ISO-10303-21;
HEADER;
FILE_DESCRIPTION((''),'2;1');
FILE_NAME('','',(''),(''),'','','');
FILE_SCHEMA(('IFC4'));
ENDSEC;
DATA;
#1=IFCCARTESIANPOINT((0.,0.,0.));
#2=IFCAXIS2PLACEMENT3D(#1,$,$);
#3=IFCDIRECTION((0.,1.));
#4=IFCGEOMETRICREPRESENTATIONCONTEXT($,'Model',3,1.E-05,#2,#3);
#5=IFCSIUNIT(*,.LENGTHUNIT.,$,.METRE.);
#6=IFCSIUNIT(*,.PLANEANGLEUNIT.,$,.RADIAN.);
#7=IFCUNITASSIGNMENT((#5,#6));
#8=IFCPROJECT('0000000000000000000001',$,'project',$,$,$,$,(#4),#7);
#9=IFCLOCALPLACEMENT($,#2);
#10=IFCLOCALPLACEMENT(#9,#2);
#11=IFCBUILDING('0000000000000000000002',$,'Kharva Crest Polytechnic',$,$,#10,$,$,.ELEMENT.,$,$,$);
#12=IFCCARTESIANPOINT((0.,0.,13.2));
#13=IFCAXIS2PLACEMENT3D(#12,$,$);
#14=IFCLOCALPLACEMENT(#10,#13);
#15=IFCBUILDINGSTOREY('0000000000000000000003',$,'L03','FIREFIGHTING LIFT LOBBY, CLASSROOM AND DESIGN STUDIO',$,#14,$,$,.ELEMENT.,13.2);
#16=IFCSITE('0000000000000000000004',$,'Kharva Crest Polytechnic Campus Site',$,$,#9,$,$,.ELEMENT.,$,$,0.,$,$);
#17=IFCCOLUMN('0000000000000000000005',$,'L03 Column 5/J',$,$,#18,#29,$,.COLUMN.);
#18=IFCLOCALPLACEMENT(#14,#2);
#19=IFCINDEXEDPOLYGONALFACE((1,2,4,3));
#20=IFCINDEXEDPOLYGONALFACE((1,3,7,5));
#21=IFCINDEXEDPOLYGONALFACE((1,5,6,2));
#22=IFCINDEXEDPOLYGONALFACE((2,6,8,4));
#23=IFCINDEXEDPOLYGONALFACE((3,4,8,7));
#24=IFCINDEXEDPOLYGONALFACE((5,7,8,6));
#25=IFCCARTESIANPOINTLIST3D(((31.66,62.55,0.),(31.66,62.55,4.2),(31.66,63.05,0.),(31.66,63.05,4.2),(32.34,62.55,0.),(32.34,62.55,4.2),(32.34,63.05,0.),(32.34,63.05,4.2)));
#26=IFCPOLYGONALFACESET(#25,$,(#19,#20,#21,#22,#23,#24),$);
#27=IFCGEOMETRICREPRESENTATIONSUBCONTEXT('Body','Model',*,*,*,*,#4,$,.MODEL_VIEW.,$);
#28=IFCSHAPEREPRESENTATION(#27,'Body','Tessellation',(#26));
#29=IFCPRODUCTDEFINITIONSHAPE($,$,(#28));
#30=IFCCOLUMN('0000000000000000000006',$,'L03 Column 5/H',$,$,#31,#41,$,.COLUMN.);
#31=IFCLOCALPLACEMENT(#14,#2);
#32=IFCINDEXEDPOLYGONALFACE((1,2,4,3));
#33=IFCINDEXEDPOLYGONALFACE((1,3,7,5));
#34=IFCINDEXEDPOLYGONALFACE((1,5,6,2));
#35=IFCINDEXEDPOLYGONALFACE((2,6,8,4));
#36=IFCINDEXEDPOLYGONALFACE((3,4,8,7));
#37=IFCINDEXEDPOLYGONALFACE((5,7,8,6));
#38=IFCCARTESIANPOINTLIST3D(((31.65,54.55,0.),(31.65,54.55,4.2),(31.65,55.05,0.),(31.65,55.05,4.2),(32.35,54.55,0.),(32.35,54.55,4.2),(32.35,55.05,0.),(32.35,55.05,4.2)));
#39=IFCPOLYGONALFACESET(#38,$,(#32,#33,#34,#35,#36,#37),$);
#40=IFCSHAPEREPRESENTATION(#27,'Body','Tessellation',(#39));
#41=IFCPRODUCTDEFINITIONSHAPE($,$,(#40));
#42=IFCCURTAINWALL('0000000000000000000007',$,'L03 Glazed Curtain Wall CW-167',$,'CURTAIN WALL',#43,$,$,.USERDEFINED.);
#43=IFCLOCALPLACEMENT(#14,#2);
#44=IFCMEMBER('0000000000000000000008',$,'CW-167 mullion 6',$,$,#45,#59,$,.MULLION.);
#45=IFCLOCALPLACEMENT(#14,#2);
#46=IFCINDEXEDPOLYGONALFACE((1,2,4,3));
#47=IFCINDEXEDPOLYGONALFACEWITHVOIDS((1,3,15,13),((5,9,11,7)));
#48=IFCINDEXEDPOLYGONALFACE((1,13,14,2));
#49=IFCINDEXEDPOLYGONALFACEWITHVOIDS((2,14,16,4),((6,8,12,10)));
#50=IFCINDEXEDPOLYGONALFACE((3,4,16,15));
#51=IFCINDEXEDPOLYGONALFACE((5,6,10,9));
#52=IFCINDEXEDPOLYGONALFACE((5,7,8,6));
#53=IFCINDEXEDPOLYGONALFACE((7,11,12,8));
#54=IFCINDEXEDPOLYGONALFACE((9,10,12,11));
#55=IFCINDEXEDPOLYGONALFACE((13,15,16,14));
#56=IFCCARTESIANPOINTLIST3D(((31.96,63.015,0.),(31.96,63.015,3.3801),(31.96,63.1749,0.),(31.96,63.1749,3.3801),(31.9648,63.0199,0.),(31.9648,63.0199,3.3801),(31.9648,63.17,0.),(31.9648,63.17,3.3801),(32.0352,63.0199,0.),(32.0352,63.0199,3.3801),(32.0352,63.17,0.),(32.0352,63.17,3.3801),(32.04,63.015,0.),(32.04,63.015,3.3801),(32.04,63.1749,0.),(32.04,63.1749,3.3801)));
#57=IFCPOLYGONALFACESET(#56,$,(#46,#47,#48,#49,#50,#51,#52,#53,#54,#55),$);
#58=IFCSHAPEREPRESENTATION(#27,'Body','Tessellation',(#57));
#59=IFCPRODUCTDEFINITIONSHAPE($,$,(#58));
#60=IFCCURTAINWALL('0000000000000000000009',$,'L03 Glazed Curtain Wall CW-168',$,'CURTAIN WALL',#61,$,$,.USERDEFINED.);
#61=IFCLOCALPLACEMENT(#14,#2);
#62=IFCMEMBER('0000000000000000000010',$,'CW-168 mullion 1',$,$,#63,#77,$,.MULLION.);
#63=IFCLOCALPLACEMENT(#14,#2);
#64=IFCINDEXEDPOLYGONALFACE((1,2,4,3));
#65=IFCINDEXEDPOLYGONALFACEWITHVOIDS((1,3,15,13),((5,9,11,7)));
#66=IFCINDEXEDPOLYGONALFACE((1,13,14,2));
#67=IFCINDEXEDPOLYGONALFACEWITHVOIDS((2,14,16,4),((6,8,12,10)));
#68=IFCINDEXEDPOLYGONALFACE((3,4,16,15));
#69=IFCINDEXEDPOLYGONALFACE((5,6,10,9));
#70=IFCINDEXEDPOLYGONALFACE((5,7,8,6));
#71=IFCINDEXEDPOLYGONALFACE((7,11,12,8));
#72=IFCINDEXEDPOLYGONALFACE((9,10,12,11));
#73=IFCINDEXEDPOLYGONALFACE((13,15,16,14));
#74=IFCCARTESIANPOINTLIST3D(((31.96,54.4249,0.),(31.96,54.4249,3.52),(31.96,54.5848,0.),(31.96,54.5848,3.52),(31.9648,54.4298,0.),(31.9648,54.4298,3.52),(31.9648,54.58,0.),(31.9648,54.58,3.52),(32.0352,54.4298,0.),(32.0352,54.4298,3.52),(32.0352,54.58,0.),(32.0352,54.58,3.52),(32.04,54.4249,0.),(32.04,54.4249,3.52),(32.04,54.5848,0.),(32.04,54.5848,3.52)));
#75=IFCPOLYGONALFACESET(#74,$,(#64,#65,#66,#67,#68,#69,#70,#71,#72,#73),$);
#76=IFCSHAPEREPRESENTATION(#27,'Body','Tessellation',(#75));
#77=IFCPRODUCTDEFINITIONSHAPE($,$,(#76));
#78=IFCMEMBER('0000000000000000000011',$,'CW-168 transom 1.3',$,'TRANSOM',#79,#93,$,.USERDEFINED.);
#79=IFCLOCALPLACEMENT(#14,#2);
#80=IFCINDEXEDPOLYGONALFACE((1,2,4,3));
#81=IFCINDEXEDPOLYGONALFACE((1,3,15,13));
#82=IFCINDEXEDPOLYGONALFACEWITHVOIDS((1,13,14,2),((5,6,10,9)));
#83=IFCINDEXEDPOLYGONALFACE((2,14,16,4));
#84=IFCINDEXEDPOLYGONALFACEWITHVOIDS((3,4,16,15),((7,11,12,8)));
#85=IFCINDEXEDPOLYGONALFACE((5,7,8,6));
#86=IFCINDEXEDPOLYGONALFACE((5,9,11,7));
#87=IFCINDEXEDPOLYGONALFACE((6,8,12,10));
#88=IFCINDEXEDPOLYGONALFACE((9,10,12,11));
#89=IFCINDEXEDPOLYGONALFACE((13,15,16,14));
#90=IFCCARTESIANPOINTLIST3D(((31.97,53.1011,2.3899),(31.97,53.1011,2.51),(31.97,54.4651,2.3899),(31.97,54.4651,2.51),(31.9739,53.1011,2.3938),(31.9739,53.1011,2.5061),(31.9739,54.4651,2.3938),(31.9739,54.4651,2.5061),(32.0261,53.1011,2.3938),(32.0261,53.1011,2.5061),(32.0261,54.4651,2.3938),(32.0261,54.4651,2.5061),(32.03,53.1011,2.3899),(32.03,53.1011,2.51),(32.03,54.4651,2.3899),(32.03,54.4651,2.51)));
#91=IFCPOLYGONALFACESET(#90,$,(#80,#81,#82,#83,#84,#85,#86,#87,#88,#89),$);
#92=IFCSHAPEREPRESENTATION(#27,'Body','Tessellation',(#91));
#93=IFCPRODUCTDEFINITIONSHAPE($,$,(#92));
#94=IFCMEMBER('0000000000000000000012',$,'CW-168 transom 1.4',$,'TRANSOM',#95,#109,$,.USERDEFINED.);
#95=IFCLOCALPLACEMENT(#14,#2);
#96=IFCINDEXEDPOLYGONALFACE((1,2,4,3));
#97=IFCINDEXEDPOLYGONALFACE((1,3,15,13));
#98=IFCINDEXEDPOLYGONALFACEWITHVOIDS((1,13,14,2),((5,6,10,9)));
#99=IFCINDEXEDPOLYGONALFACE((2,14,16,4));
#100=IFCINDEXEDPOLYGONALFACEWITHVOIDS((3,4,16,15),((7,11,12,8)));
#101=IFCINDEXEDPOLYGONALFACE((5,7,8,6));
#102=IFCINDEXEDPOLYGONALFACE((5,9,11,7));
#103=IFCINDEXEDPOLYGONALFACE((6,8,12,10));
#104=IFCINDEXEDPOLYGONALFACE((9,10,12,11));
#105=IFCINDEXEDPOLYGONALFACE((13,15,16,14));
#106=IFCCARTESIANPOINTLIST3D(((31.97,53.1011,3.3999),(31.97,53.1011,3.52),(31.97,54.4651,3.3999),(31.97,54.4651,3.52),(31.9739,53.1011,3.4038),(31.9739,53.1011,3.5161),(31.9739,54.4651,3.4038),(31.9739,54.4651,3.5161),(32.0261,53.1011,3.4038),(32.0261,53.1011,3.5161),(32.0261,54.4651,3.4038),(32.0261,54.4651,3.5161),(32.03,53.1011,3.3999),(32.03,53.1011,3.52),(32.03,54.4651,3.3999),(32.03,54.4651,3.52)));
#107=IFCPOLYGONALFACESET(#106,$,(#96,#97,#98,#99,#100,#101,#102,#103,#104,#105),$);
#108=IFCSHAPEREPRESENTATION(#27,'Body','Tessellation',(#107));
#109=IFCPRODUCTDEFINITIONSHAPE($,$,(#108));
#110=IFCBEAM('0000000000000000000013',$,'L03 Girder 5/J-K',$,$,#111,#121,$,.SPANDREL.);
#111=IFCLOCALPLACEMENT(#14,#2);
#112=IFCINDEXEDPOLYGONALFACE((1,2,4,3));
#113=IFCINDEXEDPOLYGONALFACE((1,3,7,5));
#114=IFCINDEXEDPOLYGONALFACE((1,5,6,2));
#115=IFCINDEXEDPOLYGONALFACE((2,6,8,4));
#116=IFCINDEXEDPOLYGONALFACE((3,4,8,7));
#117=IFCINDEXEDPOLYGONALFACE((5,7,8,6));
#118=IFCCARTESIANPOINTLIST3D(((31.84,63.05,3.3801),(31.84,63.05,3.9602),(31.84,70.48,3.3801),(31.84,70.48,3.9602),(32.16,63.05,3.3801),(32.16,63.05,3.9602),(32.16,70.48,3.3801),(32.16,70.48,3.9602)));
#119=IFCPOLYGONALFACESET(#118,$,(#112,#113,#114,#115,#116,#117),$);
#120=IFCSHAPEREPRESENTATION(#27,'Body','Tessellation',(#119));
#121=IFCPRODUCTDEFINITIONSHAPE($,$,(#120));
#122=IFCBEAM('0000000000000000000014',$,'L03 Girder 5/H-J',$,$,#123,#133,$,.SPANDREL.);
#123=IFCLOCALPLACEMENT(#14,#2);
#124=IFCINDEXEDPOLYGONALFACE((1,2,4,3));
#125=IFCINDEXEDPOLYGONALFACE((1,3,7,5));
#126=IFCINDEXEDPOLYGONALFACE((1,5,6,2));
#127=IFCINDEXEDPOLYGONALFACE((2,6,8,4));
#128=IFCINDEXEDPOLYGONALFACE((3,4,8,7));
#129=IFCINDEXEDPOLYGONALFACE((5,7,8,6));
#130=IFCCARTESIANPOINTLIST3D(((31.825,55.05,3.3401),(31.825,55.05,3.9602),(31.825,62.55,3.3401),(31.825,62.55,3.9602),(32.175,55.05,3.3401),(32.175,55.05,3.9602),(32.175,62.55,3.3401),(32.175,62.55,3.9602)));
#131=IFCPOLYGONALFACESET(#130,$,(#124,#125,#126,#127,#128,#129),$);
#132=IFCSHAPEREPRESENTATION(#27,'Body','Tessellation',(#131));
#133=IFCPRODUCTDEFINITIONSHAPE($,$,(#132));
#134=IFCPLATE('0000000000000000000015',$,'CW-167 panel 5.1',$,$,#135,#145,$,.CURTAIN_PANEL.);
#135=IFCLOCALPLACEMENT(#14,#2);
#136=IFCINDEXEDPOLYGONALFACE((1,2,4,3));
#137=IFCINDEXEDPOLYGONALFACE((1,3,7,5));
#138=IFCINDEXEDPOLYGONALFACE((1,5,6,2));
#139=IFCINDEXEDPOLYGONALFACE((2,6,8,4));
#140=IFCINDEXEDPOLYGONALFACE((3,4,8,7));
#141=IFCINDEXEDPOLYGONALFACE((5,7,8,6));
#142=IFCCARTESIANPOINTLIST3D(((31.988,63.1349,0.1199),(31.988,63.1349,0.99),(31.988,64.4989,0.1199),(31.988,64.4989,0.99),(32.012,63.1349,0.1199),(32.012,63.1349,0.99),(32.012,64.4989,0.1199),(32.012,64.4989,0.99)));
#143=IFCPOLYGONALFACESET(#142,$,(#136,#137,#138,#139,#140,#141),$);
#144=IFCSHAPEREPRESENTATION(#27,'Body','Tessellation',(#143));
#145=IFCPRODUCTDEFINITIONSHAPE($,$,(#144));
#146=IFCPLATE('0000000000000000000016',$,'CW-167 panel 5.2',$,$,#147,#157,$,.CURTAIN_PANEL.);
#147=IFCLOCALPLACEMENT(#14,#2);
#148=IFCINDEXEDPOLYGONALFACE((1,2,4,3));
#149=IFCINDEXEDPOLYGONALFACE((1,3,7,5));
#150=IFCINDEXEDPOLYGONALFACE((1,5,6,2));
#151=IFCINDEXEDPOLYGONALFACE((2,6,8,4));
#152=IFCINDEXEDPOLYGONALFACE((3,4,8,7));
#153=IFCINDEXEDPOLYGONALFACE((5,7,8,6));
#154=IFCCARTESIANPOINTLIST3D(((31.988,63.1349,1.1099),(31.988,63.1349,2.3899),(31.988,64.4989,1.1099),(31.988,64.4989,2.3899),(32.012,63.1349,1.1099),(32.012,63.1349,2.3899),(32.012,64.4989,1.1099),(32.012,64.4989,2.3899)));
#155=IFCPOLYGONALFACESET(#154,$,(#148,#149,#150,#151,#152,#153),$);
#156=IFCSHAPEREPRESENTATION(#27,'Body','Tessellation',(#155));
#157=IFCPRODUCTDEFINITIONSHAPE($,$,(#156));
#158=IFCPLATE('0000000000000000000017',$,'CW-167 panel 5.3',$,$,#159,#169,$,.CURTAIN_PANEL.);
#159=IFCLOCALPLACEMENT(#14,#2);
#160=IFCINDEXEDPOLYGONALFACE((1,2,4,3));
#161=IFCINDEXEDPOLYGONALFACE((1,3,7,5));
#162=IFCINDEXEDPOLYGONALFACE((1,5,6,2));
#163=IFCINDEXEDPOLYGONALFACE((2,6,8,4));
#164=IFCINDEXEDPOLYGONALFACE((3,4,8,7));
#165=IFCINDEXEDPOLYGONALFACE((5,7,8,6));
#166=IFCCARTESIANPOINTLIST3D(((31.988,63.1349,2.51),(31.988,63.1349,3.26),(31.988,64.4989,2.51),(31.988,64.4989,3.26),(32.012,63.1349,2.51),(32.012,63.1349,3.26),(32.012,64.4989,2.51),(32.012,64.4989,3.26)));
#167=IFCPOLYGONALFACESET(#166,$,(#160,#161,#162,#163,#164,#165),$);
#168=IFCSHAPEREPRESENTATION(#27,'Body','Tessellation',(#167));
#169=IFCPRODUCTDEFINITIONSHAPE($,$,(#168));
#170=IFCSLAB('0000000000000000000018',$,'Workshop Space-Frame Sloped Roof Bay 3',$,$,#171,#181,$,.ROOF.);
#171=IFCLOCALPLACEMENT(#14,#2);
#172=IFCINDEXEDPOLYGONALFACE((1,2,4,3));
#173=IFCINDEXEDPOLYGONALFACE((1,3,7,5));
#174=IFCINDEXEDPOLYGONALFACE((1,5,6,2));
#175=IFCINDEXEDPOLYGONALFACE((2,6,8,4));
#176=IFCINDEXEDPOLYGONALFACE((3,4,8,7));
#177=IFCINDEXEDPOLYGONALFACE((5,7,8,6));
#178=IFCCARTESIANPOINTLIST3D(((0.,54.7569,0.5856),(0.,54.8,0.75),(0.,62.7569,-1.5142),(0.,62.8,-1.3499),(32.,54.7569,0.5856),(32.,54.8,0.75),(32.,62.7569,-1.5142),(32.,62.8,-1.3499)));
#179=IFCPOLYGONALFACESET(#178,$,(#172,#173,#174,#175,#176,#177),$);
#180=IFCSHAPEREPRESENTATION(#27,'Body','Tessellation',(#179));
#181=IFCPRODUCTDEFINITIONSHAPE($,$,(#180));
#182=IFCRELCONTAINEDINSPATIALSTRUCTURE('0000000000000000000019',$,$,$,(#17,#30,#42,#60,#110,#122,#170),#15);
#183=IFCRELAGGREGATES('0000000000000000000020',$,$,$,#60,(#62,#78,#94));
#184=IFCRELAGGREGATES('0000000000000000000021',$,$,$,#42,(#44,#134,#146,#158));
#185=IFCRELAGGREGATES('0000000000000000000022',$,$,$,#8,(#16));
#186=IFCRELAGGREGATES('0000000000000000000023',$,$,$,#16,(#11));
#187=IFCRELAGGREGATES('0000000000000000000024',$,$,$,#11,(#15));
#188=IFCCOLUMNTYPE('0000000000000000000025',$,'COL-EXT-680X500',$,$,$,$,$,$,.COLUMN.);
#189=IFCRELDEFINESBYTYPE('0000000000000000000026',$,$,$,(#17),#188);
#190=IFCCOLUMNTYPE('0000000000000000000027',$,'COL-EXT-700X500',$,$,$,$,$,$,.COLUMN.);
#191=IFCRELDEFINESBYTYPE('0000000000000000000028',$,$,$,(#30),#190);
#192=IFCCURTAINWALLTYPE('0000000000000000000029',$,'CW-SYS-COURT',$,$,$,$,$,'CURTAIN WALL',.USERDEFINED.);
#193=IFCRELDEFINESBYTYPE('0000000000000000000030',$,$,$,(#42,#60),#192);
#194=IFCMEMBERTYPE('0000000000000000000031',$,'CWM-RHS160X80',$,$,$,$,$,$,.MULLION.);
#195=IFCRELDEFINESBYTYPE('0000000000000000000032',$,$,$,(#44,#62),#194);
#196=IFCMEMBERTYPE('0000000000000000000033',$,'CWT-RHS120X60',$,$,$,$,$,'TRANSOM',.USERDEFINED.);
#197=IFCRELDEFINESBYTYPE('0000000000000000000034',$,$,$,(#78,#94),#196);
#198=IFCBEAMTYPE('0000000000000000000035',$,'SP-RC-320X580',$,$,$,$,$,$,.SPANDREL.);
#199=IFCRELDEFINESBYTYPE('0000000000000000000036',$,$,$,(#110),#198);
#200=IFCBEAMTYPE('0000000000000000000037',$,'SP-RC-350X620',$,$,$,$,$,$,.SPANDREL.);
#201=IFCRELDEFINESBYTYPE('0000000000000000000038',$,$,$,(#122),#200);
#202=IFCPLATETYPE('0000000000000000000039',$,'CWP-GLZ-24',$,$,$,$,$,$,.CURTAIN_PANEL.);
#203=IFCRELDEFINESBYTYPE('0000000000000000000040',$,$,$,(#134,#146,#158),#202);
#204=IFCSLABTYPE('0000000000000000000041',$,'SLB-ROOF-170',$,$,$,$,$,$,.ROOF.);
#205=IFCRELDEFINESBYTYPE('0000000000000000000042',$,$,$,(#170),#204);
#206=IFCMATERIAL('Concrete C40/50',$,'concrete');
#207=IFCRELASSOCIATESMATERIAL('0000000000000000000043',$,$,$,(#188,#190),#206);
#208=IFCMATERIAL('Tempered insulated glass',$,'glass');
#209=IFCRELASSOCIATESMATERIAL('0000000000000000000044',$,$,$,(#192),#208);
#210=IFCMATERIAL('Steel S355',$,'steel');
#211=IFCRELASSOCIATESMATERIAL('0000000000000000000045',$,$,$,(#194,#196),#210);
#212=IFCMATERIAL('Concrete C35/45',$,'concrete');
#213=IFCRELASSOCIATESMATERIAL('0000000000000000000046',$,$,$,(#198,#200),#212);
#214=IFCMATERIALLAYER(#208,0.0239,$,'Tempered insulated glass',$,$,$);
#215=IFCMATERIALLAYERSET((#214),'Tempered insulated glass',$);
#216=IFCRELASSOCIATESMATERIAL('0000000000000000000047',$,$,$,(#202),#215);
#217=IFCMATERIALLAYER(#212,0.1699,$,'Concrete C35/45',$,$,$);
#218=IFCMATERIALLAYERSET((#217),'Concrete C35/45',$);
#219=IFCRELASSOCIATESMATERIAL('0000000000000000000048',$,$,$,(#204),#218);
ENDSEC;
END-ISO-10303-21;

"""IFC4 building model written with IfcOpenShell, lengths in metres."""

from ifc_helpers import new_model, si_unit, direction, frame, origin, origin_2d, place, context, subcontext, project, spatial, polyline, rectangle, hollow_rectangle, outline, extrude, material, layer, layer_set, material_profile, profile_set, type_object, element, aggregate, save


model = new_model("IFC4")

# Units and contexts
model_context = context("Model", 3, precision=1e-05, world=origin(), true_north=direction((0.0, 1.0)))
body_context = subcontext(model_context, "Body", "Model", "MODEL_VIEW")
ifc_project = project(units=[si_unit("LENGTHUNIT", "METRE"), si_unit("PLANEANGLEUNIT", "RADIAN")], contexts=[model_context])

# Site, building, storey
site_placement = place(None, origin())
site = spatial("IfcSite", under=ifc_project, at=site_placement, Name="Kharva Crest Polytechnic Campus Site", CompositionType="ELEMENT", RefElevation=0.0)
building_placement = place(site_placement, origin())
building = spatial("IfcBuilding", under=site, at=building_placement, Name="Kharva Crest Polytechnic", CompositionType="ELEMENT")
storey_placement = place(building_placement, frame((0.0, 0.0, 13.2)))
storey = spatial("IfcBuildingStorey", under=building, at=storey_placement, Name="L03", Description="FIREFIGHTING LIFT LOBBY, CLASSROOM AND DESIGN STUDIO", CompositionType="ELEMENT", Elevation=13.2)

# Columns
ifc_material_1 = material(Name="Concrete C40/50", Category="concrete")
ifc_material_profile_1 = material_profile(ifc_material_1, rectangle(XDim=0.6799, YDim=0.5, at=origin_2d()), Name="RECT 680 X 500")
ifc_profile_set_1 = profile_set([ifc_material_profile_1], Name="Concrete C40/50")
column_type_1 = type_object("IfcColumnType", Name="COL-EXT-680X500", PredefinedType="COLUMN", material=ifc_profile_set_1)
column_1_placement = place(storey_placement, frame((32.0, 62.8, 0.0), z_axis=(0.0, 0.0, 1.0), x_axis=(1.0, 0.0, 0.0)))
element("IfcColumn", 1, at=column_1_placement, inside=storey, type_object=column_type_1, Name="L03 Column 5/J", PredefinedType="COLUMN", context=body_context, shape_type="SweptSolid", body=[
    extrude(rectangle(XDim=0.6799, YDim=0.5, at=origin_2d()), origin(), (0.0, 0.0, 1.0), 4.2),
])
ifc_material_profile_2 = material_profile(ifc_material_1, rectangle(XDim=0.7, YDim=0.5, at=origin_2d()), Name="RECT 700 X 500")
ifc_profile_set_2 = profile_set([ifc_material_profile_2], Name="Concrete C40/50")
column_type_2 = type_object("IfcColumnType", Name="COL-EXT-700X500", PredefinedType="COLUMN", material=ifc_profile_set_2)
column_2_placement = place(storey_placement, frame((32.0, 54.8, 0.0), z_axis=(0.0, 0.0, 1.0), x_axis=(1.0, 0.0, 0.0)))
element("IfcColumn", 2, at=column_2_placement, inside=storey, type_object=column_type_2, Name="L03 Column 5/H", PredefinedType="COLUMN", context=body_context, shape_type="SweptSolid", body=[
    extrude(rectangle(XDim=0.7, YDim=0.5, at=origin_2d()), origin(), (0.0, 0.0, 1.0), 4.2),
])

# Curtain wall, member
ifc_material_2 = material(Name="Tempered insulated glass", Category="glass")
curtain_wall_type = type_object("IfcCurtainWallType", Name="CW-SYS-COURT", ElementType="CURTAIN WALL", PredefinedType="USERDEFINED", material=ifc_material_2)
curtain_wall_1_placement = place(storey_placement, origin())
curtain_wall_1 = element("IfcCurtainWall", 3, at=curtain_wall_1_placement, inside=storey, type_object=curtain_wall_type, Name="L03 Glazed Curtain Wall CW-167", ObjectType="CURTAIN WALL", PredefinedType="USERDEFINED")
ifc_material_3 = material(Name="Steel S355", Category="steel")
ifc_material_profile_3 = material_profile(ifc_material_3, hollow_rectangle(XDim=0.0801, YDim=0.1599, WallThickness=0.0049, at=origin_2d()), Name="RHS 160X80X5.0")
ifc_profile_set_3 = profile_set([ifc_material_profile_3], Name="Steel S355")
member_type_1 = type_object("IfcMemberType", Name="CWM-RHS160X80", PredefinedType="MULLION", material=ifc_profile_set_3)
member_1_placement = place(storey_placement, frame((32.0, 63.095, 0.0), z_axis=(0.0, 0.0, 1.0), x_axis=(1.0, 0.0, 0.0)))
member_1 = element("IfcMember", 4, at=member_1_placement, type_object=member_type_1, Name="CW-167 mullion 6", PredefinedType="MULLION", context=body_context, shape_type="SweptSolid", body=[
    extrude(hollow_rectangle(XDim=0.0801, YDim=0.1599, WallThickness=0.0049, at=origin_2d()), origin(), (0.0, 0.0, 1.0), 3.3801),
])

# Curtain wall, members
curtain_wall_2_placement = place(storey_placement, origin())
curtain_wall_2 = element("IfcCurtainWall", 5, at=curtain_wall_2_placement, inside=storey, type_object=curtain_wall_type, Name="L03 Glazed Curtain Wall CW-168", ObjectType="CURTAIN WALL", PredefinedType="USERDEFINED")
member_2_placement = place(storey_placement, frame((32.0, 54.5049, 0.0), z_axis=(0.0, 0.0, 1.0), x_axis=(1.0, 0.0, 0.0)))
member_2 = element("IfcMember", 6, at=member_2_placement, type_object=member_type_1, Name="CW-168 mullion 1", PredefinedType="MULLION", context=body_context, shape_type="SweptSolid", body=[
    extrude(hollow_rectangle(XDim=0.0801, YDim=0.1599, WallThickness=0.0049, at=origin_2d()), origin(), (0.0, 0.0, 1.0), 3.52),
])
ifc_material_profile_4 = material_profile(ifc_material_3, hollow_rectangle(XDim=0.0601, YDim=0.1201, WallThickness=0.0039, at=origin_2d()), Name="RHS 120X60X4.0")
ifc_profile_set_4 = profile_set([ifc_material_profile_4], Name="Steel S355")
member_type_2 = type_object("IfcMemberType", Name="CWT-RHS120X60", ElementType="TRANSOM", PredefinedType="USERDEFINED", material=ifc_profile_set_4)
member_3_placement = place(storey_placement, frame((32.0, 54.4651, 2.45), z_axis=(0.0, -1.0, 0.0), x_axis=(1.0, 0.0, 0.0)))
member_3 = element("IfcMember", 7, at=member_3_placement, type_object=member_type_2, Name="CW-168 transom 1.3", ObjectType="TRANSOM", PredefinedType="USERDEFINED", context=body_context, shape_type="SweptSolid", body=[
    extrude(hollow_rectangle(XDim=0.0601, YDim=0.1201, WallThickness=0.0039, at=origin_2d()), origin(), (0.0, 0.0, 1.0), 1.364),
])
member_4_placement = place(storey_placement, frame((32.0, 54.4651, 3.46), z_axis=(0.0, -1.0, 0.0), x_axis=(1.0, 0.0, 0.0)))
member_4 = element("IfcMember", 8, at=member_4_placement, type_object=member_type_2, Name="CW-168 transom 1.4", ObjectType="TRANSOM", PredefinedType="USERDEFINED", context=body_context, shape_type="SweptSolid", body=[
    extrude(hollow_rectangle(XDim=0.0601, YDim=0.1201, WallThickness=0.0039, at=origin_2d()), origin(), (0.0, 0.0, 1.0), 1.364),
])
aggregate(curtain_wall_2, [member_2, member_3, member_4])

# Beams
ifc_material_4 = material(Name="Concrete C35/45", Category="concrete")
ifc_material_profile_5 = material_profile(ifc_material_4, rectangle(XDim=0.3201, YDim=0.5801, at=origin_2d()), Name="RECT 320 X 580")
ifc_profile_set_5 = profile_set([ifc_material_profile_5], Name="Concrete C35/45")
beam_type_1 = type_object("IfcBeamType", Name="SP-RC-320X580", PredefinedType="SPANDREL", material=ifc_profile_set_5)
beam_1_placement = place(storey_placement, frame((32.0, 63.05, 3.6702), z_axis=(0.0, 1.0, 0.0), x_axis=(-1.0, 0.0, 0.0)))
element("IfcBeam", 9, at=beam_1_placement, inside=storey, type_object=beam_type_1, Name="L03 Girder 5/J-K", PredefinedType="SPANDREL", context=body_context, shape_type="SweptSolid", body=[
    extrude(rectangle(XDim=0.3201, YDim=0.5801, at=origin_2d()), origin(), (0.0, 0.0, 1.0), 7.4299),
])
ifc_material_profile_6 = material_profile(ifc_material_4, rectangle(XDim=0.3501, YDim=0.6201, at=origin_2d()), Name="RECT 350 X 620")
ifc_profile_set_6 = profile_set([ifc_material_profile_6], Name="Concrete C35/45")
beam_type_2 = type_object("IfcBeamType", Name="SP-RC-350X620", PredefinedType="SPANDREL", material=ifc_profile_set_6)
beam_2_placement = place(storey_placement, frame((32.0, 55.05, 3.6501), z_axis=(0.0, 1.0, 0.0), x_axis=(-1.0, 0.0, 0.0)))
element("IfcBeam", 10, at=beam_2_placement, inside=storey, type_object=beam_type_2, Name="L03 Girder 5/H-J", PredefinedType="SPANDREL", context=body_context, shape_type="SweptSolid", body=[
    extrude(rectangle(XDim=0.3501, YDim=0.6201, at=origin_2d()), origin(), (0.0, 0.0, 1.0), 7.5),
])

# Plates
ifc_layer_1 = layer(ifc_material_2, 0.0239, Name="Tempered insulated glass")
ifc_layer_set_1 = layer_set([ifc_layer_1], Name="Tempered insulated glass")
plate_type = type_object("IfcPlateType", Name="CWP-GLZ-24", PredefinedType="CURTAIN_PANEL", material=ifc_layer_set_1)
plate_1_placement = place(storey_placement, frame((32.0, 63.8169, 0.1199), z_axis=(0.0, 0.0, 1.0), x_axis=(0.0, -1.0, 0.0)))
plate_1 = element("IfcPlate", 11, at=plate_1_placement, type_object=plate_type, Name="CW-167 panel 5.1", PredefinedType="CURTAIN_PANEL", context=body_context, shape_type="SweptSolid", body=[
    extrude(rectangle(XDim=1.364, YDim=0.0239, at=origin_2d()), origin(), (0.0, 0.0, 1.0), 0.8701),
])
plate_2_placement = place(storey_placement, frame((32.0, 63.8169, 1.1099), z_axis=(0.0, 0.0, 1.0), x_axis=(0.0, -1.0, 0.0)))
plate_2 = element("IfcPlate", 12, at=plate_2_placement, type_object=plate_type, Name="CW-167 panel 5.2", PredefinedType="CURTAIN_PANEL", context=body_context, shape_type="SweptSolid", body=[
    extrude(rectangle(XDim=1.364, YDim=0.0239, at=origin_2d()), origin(), (0.0, 0.0, 1.0), 1.28),
])
plate_3_placement = place(storey_placement, frame((32.0, 63.8169, 2.51), z_axis=(0.0, 0.0, 1.0), x_axis=(0.0, -1.0, 0.0)))
plate_3 = element("IfcPlate", 13, at=plate_3_placement, type_object=plate_type, Name="CW-167 panel 5.3", PredefinedType="CURTAIN_PANEL", context=body_context, shape_type="SweptSolid", body=[
    extrude(rectangle(XDim=1.364, YDim=0.0239, at=origin_2d()), origin(), (0.0, 0.0, 1.0), 0.75),
])
aggregate(curtain_wall_1, [member_1, plate_1, plate_2, plate_3])

# Slab
ifc_layer_2 = layer(ifc_material_4, 0.1699, Name="Concrete C35/45")
ifc_layer_set_2 = layer_set([ifc_layer_2], Name="Concrete C35/45")
slab_type = type_object("IfcSlabType", Name="SLB-ROOF-170", PredefinedType="ROOF", material=ifc_layer_set_2)
for number, where, z_axis, x_axis, name in (
    (14, (0.0, 54.8, 0.75), (0.0, 0.253882, 0.967235), (1.0, 0.0, 0.0), "Workshop Space-Frame Sloped Roof Bay 3"),
):
    element("IfcSlab", number, at=place(storey_placement, frame(where, z_axis=z_axis, x_axis=x_axis)), inside=storey, type_object=slab_type, Name=name, PredefinedType="ROOF", context=body_context, shape_type="SweptSolid", body=[
        extrude(outline(polyline([(0.0, 0.0), (32.0, 0.0), (32.0, 8.271), (0.0, 8.271), (0.0, 0.0)])), origin(), (0.0, 0.0, -1.0), 0.1699),
    ])

save(model, "model.ifc")
